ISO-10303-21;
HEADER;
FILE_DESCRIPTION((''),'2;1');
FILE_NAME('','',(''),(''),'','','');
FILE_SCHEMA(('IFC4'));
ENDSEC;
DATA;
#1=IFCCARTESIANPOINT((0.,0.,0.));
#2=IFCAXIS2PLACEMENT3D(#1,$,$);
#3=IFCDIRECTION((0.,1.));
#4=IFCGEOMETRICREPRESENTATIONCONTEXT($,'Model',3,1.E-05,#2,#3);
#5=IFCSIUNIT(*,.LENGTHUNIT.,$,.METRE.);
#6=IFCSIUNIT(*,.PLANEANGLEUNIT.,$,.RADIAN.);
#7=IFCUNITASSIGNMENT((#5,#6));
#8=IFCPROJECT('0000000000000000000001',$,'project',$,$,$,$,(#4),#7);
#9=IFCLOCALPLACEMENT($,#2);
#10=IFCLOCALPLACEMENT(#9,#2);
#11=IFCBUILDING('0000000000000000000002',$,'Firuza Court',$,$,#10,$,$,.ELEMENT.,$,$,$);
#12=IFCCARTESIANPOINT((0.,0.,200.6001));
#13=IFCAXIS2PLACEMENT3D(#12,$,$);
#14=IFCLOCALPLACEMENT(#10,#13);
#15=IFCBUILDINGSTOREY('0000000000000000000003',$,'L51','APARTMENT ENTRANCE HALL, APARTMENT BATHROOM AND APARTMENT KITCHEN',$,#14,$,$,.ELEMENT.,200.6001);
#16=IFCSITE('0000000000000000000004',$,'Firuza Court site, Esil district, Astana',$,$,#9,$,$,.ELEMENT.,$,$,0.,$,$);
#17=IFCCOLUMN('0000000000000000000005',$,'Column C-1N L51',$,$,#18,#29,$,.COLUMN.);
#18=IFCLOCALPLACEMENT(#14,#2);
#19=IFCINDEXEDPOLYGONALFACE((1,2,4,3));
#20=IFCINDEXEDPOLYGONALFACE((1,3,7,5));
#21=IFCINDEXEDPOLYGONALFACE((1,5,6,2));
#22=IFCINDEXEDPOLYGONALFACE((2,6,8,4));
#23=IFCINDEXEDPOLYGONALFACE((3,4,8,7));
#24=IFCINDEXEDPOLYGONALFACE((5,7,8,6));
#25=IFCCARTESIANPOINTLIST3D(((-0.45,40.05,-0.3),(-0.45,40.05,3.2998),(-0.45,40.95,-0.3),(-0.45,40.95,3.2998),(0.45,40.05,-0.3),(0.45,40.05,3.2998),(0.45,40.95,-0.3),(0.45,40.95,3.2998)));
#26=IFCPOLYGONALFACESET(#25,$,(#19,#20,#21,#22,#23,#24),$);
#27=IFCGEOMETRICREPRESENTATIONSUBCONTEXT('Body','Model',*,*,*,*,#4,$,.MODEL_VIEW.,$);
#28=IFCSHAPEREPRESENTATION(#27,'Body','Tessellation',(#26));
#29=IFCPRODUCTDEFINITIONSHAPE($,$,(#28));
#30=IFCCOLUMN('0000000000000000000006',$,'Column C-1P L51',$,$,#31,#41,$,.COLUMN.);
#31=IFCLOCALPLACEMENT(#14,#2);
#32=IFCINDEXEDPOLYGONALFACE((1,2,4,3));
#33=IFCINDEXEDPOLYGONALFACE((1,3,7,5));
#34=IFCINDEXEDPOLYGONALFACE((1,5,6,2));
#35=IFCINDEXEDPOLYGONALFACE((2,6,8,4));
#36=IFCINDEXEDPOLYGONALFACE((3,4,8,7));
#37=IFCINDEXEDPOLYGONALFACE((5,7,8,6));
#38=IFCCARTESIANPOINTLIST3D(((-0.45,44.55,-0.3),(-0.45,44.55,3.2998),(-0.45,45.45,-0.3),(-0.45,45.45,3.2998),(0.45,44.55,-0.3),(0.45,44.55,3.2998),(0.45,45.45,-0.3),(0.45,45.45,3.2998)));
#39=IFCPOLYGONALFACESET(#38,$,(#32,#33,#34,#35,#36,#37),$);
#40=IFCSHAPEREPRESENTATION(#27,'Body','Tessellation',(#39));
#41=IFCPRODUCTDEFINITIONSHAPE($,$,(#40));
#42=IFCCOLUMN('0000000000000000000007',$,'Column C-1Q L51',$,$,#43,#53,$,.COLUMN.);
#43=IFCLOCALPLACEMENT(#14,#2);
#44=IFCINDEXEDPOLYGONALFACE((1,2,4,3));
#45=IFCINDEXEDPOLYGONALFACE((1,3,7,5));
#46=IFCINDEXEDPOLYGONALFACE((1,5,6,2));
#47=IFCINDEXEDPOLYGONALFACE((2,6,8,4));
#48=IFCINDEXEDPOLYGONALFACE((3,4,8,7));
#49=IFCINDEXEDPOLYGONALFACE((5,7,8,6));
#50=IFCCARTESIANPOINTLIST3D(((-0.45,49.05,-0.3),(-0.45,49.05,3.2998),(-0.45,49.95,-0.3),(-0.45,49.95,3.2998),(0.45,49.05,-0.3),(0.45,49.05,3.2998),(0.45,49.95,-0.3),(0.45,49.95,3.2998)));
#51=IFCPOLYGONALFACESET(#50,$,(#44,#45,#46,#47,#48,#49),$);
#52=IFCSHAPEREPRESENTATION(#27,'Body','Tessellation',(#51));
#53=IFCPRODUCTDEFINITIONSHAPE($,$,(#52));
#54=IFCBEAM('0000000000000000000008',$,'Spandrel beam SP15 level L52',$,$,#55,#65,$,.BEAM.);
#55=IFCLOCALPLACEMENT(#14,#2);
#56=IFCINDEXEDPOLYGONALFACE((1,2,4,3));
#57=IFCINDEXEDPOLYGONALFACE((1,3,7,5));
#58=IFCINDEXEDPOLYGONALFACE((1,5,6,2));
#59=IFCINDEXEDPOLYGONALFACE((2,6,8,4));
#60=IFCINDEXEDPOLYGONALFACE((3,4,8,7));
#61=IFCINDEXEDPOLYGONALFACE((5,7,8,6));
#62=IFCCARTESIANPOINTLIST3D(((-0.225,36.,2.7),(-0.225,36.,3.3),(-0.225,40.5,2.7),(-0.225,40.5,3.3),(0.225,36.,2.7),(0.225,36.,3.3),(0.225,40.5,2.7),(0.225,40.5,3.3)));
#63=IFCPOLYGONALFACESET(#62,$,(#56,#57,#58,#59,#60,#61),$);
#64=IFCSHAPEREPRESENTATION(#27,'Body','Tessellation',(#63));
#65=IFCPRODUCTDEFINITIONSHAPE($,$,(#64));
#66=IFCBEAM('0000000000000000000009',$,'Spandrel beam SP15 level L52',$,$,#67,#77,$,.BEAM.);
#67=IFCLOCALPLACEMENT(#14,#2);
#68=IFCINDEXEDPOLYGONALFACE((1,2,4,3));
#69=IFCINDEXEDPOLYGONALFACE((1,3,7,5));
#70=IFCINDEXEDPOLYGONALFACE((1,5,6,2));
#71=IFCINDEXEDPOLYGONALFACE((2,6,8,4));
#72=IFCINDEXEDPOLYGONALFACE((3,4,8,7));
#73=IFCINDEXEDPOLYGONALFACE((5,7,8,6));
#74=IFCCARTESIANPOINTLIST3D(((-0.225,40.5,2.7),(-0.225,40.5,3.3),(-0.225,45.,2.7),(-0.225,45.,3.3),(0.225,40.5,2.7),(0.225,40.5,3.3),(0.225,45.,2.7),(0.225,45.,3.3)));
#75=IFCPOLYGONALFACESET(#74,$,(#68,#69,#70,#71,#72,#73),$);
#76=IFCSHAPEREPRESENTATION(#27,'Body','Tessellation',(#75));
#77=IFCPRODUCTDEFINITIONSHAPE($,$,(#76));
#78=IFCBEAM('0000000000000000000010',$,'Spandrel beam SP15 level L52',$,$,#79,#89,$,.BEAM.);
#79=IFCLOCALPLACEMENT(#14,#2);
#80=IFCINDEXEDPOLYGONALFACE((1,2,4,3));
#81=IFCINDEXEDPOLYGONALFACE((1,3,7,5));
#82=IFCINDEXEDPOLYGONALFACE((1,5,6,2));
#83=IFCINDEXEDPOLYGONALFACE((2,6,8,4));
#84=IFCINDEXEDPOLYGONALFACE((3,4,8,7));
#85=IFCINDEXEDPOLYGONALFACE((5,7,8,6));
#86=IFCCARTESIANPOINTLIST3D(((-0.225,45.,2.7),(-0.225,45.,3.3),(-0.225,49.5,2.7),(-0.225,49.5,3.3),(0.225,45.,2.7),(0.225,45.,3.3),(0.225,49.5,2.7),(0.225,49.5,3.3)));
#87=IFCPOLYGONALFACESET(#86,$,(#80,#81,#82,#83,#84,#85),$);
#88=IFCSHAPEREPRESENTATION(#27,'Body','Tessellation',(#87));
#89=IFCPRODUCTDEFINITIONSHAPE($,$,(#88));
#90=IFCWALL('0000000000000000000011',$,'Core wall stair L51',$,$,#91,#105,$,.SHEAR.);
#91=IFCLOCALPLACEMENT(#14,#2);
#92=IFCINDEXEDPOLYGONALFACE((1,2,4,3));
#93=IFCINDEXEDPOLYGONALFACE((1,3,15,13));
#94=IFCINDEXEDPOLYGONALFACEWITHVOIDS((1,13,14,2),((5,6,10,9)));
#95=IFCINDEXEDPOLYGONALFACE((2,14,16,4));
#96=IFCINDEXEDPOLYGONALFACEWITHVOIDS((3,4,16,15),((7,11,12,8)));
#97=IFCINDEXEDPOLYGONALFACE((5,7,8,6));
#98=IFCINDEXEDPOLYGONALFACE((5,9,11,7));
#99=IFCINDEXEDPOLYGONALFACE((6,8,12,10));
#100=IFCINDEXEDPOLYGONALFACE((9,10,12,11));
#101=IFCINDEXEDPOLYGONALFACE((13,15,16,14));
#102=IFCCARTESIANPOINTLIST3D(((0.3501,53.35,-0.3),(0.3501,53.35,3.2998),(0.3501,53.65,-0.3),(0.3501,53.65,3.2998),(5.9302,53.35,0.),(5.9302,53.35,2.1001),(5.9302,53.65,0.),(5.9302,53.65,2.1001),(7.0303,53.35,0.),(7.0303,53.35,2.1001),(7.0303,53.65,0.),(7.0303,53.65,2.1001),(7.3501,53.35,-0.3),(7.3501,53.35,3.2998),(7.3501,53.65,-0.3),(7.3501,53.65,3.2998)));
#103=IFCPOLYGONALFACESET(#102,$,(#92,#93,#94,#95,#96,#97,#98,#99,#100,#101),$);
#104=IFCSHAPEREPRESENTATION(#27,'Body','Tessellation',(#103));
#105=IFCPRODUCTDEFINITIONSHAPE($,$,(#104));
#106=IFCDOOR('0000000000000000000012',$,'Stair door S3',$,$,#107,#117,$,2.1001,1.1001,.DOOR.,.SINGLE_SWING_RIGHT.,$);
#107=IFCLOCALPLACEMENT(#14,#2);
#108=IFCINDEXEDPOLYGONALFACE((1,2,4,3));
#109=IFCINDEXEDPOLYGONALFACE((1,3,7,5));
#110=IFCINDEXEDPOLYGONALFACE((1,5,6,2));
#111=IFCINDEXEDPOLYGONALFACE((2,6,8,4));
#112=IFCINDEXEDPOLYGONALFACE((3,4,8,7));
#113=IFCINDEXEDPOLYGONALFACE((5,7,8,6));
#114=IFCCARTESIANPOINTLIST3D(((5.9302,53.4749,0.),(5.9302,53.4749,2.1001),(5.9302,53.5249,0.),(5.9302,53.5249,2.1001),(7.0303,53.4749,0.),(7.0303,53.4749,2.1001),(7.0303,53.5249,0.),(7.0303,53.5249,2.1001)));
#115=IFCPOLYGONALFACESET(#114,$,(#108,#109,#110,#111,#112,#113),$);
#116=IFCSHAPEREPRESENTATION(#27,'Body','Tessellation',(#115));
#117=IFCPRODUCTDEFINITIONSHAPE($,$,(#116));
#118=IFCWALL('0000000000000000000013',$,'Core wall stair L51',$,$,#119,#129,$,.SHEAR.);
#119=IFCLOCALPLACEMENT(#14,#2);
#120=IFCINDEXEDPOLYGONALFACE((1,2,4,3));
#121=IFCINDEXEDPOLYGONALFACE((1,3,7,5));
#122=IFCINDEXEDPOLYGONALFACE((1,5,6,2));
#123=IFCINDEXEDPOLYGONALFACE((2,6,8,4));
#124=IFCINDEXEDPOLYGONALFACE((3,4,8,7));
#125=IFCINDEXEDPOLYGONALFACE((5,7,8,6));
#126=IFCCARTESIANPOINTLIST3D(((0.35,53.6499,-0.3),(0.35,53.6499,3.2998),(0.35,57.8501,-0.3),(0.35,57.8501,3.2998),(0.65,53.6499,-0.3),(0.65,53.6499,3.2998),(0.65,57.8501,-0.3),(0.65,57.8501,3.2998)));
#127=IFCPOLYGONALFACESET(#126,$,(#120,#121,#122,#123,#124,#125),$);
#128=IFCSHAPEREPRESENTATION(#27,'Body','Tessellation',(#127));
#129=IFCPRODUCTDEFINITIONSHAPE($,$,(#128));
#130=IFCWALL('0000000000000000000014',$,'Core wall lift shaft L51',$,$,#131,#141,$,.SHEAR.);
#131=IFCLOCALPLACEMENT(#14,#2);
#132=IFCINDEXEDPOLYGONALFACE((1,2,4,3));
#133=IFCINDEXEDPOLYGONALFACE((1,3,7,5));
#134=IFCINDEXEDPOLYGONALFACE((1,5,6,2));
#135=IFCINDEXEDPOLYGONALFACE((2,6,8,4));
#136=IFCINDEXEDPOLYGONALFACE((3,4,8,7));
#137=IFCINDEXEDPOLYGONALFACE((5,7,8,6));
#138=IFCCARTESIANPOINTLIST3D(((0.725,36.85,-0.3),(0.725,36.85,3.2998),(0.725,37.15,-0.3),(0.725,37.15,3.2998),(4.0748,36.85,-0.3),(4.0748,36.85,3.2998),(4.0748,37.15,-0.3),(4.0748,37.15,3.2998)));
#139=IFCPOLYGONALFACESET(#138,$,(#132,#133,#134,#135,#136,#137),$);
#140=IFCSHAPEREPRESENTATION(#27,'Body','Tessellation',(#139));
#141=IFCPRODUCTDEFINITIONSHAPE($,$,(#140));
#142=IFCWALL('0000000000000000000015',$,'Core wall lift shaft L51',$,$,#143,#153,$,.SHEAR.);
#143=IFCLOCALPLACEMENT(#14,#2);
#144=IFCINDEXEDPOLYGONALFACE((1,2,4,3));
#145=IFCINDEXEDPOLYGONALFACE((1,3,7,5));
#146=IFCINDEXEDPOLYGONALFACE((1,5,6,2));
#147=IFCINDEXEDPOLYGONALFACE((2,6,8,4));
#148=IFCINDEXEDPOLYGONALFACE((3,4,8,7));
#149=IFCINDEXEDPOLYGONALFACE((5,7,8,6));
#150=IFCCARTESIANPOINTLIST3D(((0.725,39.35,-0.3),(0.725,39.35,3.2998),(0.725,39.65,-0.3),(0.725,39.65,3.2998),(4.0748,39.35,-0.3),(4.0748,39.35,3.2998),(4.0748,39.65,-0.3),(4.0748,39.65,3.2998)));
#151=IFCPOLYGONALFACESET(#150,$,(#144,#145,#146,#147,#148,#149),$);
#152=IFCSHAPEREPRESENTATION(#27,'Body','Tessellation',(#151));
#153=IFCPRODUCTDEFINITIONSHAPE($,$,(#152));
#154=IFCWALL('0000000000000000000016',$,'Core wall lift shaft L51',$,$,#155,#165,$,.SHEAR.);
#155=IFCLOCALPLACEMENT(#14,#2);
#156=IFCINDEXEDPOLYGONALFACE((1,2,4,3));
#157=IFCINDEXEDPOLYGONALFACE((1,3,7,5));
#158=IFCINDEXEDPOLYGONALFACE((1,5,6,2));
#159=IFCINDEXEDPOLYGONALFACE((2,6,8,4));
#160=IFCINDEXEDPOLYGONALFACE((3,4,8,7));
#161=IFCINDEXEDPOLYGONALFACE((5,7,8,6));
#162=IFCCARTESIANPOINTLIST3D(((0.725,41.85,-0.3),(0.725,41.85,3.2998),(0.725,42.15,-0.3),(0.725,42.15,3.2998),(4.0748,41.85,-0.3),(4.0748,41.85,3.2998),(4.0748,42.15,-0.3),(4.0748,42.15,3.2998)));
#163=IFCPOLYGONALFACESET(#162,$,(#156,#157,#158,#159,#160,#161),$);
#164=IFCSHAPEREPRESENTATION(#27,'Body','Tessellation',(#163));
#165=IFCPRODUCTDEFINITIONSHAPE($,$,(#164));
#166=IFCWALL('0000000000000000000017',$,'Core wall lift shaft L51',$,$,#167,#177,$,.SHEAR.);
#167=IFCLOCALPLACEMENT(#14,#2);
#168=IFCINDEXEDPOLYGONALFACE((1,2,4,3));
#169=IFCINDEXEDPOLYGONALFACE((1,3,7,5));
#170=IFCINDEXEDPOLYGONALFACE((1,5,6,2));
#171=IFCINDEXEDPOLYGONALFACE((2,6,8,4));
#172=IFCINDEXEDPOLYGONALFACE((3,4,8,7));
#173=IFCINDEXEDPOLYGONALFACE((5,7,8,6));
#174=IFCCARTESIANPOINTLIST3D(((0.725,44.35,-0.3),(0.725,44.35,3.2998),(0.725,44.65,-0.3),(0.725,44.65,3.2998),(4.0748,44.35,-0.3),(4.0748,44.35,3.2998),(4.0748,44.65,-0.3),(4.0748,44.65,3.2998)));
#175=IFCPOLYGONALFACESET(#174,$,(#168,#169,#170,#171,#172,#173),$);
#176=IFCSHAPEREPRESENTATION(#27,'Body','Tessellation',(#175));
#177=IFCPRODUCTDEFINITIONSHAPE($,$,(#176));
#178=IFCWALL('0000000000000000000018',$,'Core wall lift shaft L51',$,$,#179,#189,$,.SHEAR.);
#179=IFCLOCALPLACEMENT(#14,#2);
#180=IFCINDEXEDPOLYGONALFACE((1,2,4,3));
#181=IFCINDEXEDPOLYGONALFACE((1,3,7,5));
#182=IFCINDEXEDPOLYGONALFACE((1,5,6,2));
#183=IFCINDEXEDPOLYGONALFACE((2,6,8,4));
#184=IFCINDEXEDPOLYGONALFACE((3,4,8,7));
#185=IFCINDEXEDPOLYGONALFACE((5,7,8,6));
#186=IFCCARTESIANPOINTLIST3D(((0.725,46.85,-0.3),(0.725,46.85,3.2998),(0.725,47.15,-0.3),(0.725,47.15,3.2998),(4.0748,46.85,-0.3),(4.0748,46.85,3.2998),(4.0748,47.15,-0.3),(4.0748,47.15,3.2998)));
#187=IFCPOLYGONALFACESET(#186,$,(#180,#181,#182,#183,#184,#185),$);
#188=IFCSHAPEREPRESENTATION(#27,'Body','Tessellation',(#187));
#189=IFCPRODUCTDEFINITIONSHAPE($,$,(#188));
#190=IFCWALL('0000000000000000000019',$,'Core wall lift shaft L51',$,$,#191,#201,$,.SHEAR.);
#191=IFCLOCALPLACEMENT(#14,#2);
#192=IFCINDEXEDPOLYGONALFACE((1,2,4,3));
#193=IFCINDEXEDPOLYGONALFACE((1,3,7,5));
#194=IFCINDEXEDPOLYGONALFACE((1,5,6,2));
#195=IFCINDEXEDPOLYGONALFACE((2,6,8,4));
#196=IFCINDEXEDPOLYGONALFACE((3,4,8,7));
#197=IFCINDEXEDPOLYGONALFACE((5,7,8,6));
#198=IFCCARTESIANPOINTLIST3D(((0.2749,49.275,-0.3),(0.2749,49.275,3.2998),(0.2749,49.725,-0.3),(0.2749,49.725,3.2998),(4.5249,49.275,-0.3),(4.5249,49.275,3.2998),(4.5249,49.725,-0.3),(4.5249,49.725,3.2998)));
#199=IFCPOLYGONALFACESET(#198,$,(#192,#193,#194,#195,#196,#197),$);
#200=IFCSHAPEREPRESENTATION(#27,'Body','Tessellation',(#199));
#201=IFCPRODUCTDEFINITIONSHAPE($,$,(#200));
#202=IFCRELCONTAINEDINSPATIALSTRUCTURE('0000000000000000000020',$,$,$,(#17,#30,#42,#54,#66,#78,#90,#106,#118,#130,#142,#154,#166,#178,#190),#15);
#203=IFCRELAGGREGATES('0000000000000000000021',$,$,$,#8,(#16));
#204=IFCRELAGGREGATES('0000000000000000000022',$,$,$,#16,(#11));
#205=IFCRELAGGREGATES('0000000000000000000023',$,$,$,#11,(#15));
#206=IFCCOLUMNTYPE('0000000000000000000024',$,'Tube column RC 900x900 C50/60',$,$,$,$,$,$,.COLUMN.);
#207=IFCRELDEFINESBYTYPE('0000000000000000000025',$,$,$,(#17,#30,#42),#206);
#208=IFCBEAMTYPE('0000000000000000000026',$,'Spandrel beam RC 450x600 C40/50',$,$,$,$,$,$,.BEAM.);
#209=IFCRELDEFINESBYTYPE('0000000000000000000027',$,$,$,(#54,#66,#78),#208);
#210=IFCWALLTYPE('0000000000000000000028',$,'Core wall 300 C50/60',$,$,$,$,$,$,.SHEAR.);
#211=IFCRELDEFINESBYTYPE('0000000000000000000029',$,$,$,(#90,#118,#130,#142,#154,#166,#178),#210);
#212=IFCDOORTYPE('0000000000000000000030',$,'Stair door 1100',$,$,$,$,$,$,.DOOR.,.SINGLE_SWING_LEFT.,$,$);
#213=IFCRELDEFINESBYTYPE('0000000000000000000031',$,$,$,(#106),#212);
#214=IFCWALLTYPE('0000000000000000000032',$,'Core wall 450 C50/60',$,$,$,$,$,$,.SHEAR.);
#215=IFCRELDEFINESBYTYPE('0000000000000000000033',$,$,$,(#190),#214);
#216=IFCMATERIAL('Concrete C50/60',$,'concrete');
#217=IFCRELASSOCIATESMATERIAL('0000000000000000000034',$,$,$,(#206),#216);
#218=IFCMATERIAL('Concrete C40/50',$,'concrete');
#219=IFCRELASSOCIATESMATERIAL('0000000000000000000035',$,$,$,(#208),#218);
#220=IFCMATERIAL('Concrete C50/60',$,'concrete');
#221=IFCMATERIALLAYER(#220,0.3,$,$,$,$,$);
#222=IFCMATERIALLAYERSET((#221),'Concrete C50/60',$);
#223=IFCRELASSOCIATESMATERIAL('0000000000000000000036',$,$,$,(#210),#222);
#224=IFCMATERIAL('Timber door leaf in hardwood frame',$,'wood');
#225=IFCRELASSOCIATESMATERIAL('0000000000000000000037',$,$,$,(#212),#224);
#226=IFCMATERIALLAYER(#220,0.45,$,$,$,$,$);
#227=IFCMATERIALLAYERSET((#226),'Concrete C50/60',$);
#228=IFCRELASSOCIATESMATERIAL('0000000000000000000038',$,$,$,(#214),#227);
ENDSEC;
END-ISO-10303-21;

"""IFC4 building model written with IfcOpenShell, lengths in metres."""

from ifc_helpers import new_model, si_unit, direction, frame, frame_2d, origin, origin_2d, place, context, subcontext, project, spatial, rectangle, extrude, material, layer, layer_set, material_profile, profile_set, type_object, element, fill, save


model = new_model("IFC4")

# Units and contexts
model_context = context("Model", 3, precision=1e-05, world=origin(), true_north=direction((0.0, 1.0)))
body_context = subcontext(model_context, "Body", "Model", "MODEL_VIEW")
ifc_project = project(units=[si_unit("LENGTHUNIT", "METRE"), si_unit("PLANEANGLEUNIT", "RADIAN")], contexts=[model_context])

# Site, building, storey
site_placement = place(None, origin())
site = spatial("IfcSite", under=ifc_project, at=site_placement, Name="Firuza Court site, Esil district, Astana", CompositionType="ELEMENT", RefElevation=0.0)
building_placement = place(site_placement, origin())
building = spatial("IfcBuilding", under=site, at=building_placement, Name="Firuza Court", CompositionType="ELEMENT")
storey_placement = place(building_placement, frame((0.0, 0.0, 200.6001)))
storey = spatial("IfcBuildingStorey", under=building, at=storey_placement, Name="L51", Description="APARTMENT ENTRANCE HALL, APARTMENT BATHROOM AND APARTMENT KITCHEN", CompositionType="ELEMENT", Elevation=200.6001)

# Columns
ifc_material_1 = material(Name="Concrete C50/60", Category="concrete")
ifc_material_profile_1 = material_profile(ifc_material_1, rectangle(XDim=0.8999, YDim=0.8999, at=origin_2d()), Name="RC 900x900")
ifc_profile_set_1 = profile_set([ifc_material_profile_1], Name="Concrete C50/60")
column_type = type_object("IfcColumnType", Name="Tube column RC 900x900 C50/60", PredefinedType="COLUMN", material=ifc_profile_set_1)
for number, where, z_axis, x_axis, name in (
    (1, (0.0, 40.5, -0.3), (0.0, 0.0, 1.0), (1.0, 0.0, 0.0), "Column C-1N L51"),
    (2, (0.0, 45.0, -0.3), (0.0, 0.0, 1.0), (1.0, 0.0, 0.0), "Column C-1P L51"),
    (3, (0.0, 49.5, -0.3), (0.0, 0.0, 1.0), (1.0, 0.0, 0.0), "Column C-1Q L51"),
):
    element("IfcColumn", number, at=place(storey_placement, frame(where, z_axis=z_axis, x_axis=x_axis)), inside=storey, type_object=column_type, Name=name, PredefinedType="COLUMN", context=body_context, shape_type="SweptSolid", body=[
        extrude(rectangle(XDim=0.8999, YDim=0.8999, at=origin_2d()), origin(), (0.0, 0.0, 1.0), 3.5999),
    ])

# Beams
ifc_material_2 = material(Name="Concrete C40/50", Category="concrete")
ifc_material_profile_2 = material_profile(ifc_material_2, rectangle(XDim=0.45, YDim=0.6001, at=origin_2d()), Name="RC 450x600")
ifc_profile_set_2 = profile_set([ifc_material_profile_2], Name="Concrete C40/50")
beam_type = type_object("IfcBeamType", Name="Spandrel beam RC 450x600 C40/50", PredefinedType="BEAM", material=ifc_profile_set_2)
for number, where, z_axis, x_axis, name in (
    (4, (0.0, 40.5, 3.0), (0.0, -1.0, 0.0), (1.0, 0.0, 0.0), "Spandrel beam SP15 level L52"),
    (5, (0.0, 45.0, 3.0), (0.0, -1.0, 0.0), (1.0, 0.0, 0.0), "Spandrel beam SP15 level L52"),
    (6, (0.0, 49.5, 3.0), (0.0, -1.0, 0.0), (1.0, 0.0, 0.0), "Spandrel beam SP15 level L52"),
):
    element("IfcBeam", number, at=place(storey_placement, frame(where, z_axis=z_axis, x_axis=x_axis)), inside=storey, type_object=beam_type, Name=name, PredefinedType="BEAM", context=body_context, shape_type="SweptSolid", body=[
        extrude(rectangle(XDim=0.45, YDim=0.6001, at=origin_2d()), origin(), (0.0, 0.0, 1.0), 4.5),
    ])

# Wall, opening, door
ifc_material_3 = material(Name="Concrete C50/60", Category="concrete")
ifc_layer_1 = layer(ifc_material_3, 0.3)
ifc_layer_set_1 = layer_set([ifc_layer_1], Name="Concrete C50/60")
wall_type_1 = type_object("IfcWallType", Name="Core wall 300 C50/60", PredefinedType="SHEAR", material=ifc_layer_set_1)
wall_1_placement = place(storey_placement, frame((0.3501, 53.5, -0.3), z_axis=(0.0, 0.0, 1.0), x_axis=(1.0, 0.0, 0.0)))
wall_1 = element("IfcWall", 7, at=wall_1_placement, inside=storey, type_object=wall_type_1, Name="Core wall stair L51", PredefinedType="SHEAR", context=body_context, shape_type="SweptSolid", body=[
    extrude(rectangle(XDim=7.0, YDim=0.3, at=frame_2d((3.5, 0.0))), origin(), (0.0, 0.0, 1.0), 3.5999),
])
opening_1_placement = place(wall_1_placement, frame((5.5801, 0.0, 0.3)))
opening_1 = element("IfcOpeningElement", 8, at=opening_1_placement, cuts=wall_1, PredefinedType="OPENING", context=body_context, shape_type="SweptSolid", body=[
    extrude(rectangle(XDim=1.1001, YDim=2.1001, at=frame_2d((0.55, 1.05))), frame((0.0, 0.1621, 0.0), z_axis=(0.0, -1.0, 0.0), x_axis=(1.0, 0.0, 0.0)), (0.0, 0.0, 1.0), 0.324),
])
ifc_material_4 = material(Name="Timber door leaf in hardwood frame", Category="wood")
door_type_1 = type_object("IfcDoorType", Name="Stair door 1100", OperationType="SINGLE_SWING_LEFT", PredefinedType="DOOR", material=ifc_material_4)
door_1_placement = place(opening_1_placement, origin())
door_1 = element("IfcDoor", 9, at=door_1_placement, inside=storey, type_object=door_type_1, Name="Stair door S3", OperationType="SINGLE_SWING_RIGHT", OverallHeight=2.1001, OverallWidth=1.1001, PredefinedType="DOOR", context=body_context, shape_type="SweptSolid", body=[
    extrude(rectangle(XDim=1.1001, YDim=2.1001, at=frame_2d((0.55, 1.05))), frame((0.0, 0.0249, 0.0), z_axis=(0.0, -1.0, 0.0), x_axis=(1.0, 0.0, 0.0)), (0.0, 0.0, 1.0), 0.05),
])
fill(opening_1, door_1)

# Walls
wall_2_placement = place(storey_placement, frame((0.5, 53.6499, -0.3), z_axis=(0.0, 0.0, 1.0), x_axis=(0.0, 1.0, 0.0)))
element("IfcWall", 10, at=wall_2_placement, inside=storey, type_object=wall_type_1, Name="Core wall stair L51", PredefinedType="SHEAR", context=body_context, shape_type="SweptSolid", body=[
    extrude(rectangle(XDim=4.2002, YDim=0.3, at=frame_2d((2.1001, 0.0))), origin(), (0.0, 0.0, 1.0), 3.5999),
])
for number, where, z_axis, x_axis, name in (
    (11, (0.7251, 37.0, -0.3), (0.0, 0.0, 1.0), (1.0, 0.0, 0.0), "Core wall lift shaft L51"),
    (12, (0.7251, 39.5, -0.3), (0.0, 0.0, 1.0), (1.0, 0.0, 0.0), "Core wall lift shaft L51"),
    (13, (0.7251, 42.0, -0.3), (0.0, 0.0, 1.0), (1.0, 0.0, 0.0), "Core wall lift shaft L51"),
    (14, (0.7251, 44.5, -0.3), (0.0, 0.0, 1.0), (1.0, 0.0, 0.0), "Core wall lift shaft L51"),
    (15, (0.7251, 47.0, -0.3), (0.0, 0.0, 1.0), (1.0, 0.0, 0.0), "Core wall lift shaft L51"),
):
    element("IfcWall", number, at=place(storey_placement, frame(where, z_axis=z_axis, x_axis=x_axis)), inside=storey, type_object=wall_type_1, Name=name, PredefinedType="SHEAR", context=body_context, shape_type="SweptSolid", body=[
        extrude(rectangle(XDim=3.3499, YDim=0.3, at=frame_2d((1.6748, 0.0))), origin(), (0.0, 0.0, 1.0), 3.5999),
    ])
ifc_layer_2 = layer(ifc_material_3, 0.45)
ifc_layer_set_2 = layer_set([ifc_layer_2], Name="Concrete C50/60")
wall_type_2 = type_object("IfcWallType", Name="Core wall 450 C50/60", PredefinedType="SHEAR", material=ifc_layer_set_2)
wall_3_placement = place(storey_placement, frame((0.2749, 49.5, -0.3), z_axis=(0.0, 0.0, 1.0), x_axis=(1.0, 0.0, 0.0)))
element("IfcWall", 16, at=wall_3_placement, inside=storey, type_object=wall_type_2, Name="Core wall lift shaft L51", PredefinedType="SHEAR", context=body_context, shape_type="SweptSolid", body=[
    extrude(rectangle(XDim=4.25, YDim=0.45, at=frame_2d((2.125, 0.0))), origin(), (0.0, 0.0, 1.0), 3.5999),
])

save(model, "model.ifc")
